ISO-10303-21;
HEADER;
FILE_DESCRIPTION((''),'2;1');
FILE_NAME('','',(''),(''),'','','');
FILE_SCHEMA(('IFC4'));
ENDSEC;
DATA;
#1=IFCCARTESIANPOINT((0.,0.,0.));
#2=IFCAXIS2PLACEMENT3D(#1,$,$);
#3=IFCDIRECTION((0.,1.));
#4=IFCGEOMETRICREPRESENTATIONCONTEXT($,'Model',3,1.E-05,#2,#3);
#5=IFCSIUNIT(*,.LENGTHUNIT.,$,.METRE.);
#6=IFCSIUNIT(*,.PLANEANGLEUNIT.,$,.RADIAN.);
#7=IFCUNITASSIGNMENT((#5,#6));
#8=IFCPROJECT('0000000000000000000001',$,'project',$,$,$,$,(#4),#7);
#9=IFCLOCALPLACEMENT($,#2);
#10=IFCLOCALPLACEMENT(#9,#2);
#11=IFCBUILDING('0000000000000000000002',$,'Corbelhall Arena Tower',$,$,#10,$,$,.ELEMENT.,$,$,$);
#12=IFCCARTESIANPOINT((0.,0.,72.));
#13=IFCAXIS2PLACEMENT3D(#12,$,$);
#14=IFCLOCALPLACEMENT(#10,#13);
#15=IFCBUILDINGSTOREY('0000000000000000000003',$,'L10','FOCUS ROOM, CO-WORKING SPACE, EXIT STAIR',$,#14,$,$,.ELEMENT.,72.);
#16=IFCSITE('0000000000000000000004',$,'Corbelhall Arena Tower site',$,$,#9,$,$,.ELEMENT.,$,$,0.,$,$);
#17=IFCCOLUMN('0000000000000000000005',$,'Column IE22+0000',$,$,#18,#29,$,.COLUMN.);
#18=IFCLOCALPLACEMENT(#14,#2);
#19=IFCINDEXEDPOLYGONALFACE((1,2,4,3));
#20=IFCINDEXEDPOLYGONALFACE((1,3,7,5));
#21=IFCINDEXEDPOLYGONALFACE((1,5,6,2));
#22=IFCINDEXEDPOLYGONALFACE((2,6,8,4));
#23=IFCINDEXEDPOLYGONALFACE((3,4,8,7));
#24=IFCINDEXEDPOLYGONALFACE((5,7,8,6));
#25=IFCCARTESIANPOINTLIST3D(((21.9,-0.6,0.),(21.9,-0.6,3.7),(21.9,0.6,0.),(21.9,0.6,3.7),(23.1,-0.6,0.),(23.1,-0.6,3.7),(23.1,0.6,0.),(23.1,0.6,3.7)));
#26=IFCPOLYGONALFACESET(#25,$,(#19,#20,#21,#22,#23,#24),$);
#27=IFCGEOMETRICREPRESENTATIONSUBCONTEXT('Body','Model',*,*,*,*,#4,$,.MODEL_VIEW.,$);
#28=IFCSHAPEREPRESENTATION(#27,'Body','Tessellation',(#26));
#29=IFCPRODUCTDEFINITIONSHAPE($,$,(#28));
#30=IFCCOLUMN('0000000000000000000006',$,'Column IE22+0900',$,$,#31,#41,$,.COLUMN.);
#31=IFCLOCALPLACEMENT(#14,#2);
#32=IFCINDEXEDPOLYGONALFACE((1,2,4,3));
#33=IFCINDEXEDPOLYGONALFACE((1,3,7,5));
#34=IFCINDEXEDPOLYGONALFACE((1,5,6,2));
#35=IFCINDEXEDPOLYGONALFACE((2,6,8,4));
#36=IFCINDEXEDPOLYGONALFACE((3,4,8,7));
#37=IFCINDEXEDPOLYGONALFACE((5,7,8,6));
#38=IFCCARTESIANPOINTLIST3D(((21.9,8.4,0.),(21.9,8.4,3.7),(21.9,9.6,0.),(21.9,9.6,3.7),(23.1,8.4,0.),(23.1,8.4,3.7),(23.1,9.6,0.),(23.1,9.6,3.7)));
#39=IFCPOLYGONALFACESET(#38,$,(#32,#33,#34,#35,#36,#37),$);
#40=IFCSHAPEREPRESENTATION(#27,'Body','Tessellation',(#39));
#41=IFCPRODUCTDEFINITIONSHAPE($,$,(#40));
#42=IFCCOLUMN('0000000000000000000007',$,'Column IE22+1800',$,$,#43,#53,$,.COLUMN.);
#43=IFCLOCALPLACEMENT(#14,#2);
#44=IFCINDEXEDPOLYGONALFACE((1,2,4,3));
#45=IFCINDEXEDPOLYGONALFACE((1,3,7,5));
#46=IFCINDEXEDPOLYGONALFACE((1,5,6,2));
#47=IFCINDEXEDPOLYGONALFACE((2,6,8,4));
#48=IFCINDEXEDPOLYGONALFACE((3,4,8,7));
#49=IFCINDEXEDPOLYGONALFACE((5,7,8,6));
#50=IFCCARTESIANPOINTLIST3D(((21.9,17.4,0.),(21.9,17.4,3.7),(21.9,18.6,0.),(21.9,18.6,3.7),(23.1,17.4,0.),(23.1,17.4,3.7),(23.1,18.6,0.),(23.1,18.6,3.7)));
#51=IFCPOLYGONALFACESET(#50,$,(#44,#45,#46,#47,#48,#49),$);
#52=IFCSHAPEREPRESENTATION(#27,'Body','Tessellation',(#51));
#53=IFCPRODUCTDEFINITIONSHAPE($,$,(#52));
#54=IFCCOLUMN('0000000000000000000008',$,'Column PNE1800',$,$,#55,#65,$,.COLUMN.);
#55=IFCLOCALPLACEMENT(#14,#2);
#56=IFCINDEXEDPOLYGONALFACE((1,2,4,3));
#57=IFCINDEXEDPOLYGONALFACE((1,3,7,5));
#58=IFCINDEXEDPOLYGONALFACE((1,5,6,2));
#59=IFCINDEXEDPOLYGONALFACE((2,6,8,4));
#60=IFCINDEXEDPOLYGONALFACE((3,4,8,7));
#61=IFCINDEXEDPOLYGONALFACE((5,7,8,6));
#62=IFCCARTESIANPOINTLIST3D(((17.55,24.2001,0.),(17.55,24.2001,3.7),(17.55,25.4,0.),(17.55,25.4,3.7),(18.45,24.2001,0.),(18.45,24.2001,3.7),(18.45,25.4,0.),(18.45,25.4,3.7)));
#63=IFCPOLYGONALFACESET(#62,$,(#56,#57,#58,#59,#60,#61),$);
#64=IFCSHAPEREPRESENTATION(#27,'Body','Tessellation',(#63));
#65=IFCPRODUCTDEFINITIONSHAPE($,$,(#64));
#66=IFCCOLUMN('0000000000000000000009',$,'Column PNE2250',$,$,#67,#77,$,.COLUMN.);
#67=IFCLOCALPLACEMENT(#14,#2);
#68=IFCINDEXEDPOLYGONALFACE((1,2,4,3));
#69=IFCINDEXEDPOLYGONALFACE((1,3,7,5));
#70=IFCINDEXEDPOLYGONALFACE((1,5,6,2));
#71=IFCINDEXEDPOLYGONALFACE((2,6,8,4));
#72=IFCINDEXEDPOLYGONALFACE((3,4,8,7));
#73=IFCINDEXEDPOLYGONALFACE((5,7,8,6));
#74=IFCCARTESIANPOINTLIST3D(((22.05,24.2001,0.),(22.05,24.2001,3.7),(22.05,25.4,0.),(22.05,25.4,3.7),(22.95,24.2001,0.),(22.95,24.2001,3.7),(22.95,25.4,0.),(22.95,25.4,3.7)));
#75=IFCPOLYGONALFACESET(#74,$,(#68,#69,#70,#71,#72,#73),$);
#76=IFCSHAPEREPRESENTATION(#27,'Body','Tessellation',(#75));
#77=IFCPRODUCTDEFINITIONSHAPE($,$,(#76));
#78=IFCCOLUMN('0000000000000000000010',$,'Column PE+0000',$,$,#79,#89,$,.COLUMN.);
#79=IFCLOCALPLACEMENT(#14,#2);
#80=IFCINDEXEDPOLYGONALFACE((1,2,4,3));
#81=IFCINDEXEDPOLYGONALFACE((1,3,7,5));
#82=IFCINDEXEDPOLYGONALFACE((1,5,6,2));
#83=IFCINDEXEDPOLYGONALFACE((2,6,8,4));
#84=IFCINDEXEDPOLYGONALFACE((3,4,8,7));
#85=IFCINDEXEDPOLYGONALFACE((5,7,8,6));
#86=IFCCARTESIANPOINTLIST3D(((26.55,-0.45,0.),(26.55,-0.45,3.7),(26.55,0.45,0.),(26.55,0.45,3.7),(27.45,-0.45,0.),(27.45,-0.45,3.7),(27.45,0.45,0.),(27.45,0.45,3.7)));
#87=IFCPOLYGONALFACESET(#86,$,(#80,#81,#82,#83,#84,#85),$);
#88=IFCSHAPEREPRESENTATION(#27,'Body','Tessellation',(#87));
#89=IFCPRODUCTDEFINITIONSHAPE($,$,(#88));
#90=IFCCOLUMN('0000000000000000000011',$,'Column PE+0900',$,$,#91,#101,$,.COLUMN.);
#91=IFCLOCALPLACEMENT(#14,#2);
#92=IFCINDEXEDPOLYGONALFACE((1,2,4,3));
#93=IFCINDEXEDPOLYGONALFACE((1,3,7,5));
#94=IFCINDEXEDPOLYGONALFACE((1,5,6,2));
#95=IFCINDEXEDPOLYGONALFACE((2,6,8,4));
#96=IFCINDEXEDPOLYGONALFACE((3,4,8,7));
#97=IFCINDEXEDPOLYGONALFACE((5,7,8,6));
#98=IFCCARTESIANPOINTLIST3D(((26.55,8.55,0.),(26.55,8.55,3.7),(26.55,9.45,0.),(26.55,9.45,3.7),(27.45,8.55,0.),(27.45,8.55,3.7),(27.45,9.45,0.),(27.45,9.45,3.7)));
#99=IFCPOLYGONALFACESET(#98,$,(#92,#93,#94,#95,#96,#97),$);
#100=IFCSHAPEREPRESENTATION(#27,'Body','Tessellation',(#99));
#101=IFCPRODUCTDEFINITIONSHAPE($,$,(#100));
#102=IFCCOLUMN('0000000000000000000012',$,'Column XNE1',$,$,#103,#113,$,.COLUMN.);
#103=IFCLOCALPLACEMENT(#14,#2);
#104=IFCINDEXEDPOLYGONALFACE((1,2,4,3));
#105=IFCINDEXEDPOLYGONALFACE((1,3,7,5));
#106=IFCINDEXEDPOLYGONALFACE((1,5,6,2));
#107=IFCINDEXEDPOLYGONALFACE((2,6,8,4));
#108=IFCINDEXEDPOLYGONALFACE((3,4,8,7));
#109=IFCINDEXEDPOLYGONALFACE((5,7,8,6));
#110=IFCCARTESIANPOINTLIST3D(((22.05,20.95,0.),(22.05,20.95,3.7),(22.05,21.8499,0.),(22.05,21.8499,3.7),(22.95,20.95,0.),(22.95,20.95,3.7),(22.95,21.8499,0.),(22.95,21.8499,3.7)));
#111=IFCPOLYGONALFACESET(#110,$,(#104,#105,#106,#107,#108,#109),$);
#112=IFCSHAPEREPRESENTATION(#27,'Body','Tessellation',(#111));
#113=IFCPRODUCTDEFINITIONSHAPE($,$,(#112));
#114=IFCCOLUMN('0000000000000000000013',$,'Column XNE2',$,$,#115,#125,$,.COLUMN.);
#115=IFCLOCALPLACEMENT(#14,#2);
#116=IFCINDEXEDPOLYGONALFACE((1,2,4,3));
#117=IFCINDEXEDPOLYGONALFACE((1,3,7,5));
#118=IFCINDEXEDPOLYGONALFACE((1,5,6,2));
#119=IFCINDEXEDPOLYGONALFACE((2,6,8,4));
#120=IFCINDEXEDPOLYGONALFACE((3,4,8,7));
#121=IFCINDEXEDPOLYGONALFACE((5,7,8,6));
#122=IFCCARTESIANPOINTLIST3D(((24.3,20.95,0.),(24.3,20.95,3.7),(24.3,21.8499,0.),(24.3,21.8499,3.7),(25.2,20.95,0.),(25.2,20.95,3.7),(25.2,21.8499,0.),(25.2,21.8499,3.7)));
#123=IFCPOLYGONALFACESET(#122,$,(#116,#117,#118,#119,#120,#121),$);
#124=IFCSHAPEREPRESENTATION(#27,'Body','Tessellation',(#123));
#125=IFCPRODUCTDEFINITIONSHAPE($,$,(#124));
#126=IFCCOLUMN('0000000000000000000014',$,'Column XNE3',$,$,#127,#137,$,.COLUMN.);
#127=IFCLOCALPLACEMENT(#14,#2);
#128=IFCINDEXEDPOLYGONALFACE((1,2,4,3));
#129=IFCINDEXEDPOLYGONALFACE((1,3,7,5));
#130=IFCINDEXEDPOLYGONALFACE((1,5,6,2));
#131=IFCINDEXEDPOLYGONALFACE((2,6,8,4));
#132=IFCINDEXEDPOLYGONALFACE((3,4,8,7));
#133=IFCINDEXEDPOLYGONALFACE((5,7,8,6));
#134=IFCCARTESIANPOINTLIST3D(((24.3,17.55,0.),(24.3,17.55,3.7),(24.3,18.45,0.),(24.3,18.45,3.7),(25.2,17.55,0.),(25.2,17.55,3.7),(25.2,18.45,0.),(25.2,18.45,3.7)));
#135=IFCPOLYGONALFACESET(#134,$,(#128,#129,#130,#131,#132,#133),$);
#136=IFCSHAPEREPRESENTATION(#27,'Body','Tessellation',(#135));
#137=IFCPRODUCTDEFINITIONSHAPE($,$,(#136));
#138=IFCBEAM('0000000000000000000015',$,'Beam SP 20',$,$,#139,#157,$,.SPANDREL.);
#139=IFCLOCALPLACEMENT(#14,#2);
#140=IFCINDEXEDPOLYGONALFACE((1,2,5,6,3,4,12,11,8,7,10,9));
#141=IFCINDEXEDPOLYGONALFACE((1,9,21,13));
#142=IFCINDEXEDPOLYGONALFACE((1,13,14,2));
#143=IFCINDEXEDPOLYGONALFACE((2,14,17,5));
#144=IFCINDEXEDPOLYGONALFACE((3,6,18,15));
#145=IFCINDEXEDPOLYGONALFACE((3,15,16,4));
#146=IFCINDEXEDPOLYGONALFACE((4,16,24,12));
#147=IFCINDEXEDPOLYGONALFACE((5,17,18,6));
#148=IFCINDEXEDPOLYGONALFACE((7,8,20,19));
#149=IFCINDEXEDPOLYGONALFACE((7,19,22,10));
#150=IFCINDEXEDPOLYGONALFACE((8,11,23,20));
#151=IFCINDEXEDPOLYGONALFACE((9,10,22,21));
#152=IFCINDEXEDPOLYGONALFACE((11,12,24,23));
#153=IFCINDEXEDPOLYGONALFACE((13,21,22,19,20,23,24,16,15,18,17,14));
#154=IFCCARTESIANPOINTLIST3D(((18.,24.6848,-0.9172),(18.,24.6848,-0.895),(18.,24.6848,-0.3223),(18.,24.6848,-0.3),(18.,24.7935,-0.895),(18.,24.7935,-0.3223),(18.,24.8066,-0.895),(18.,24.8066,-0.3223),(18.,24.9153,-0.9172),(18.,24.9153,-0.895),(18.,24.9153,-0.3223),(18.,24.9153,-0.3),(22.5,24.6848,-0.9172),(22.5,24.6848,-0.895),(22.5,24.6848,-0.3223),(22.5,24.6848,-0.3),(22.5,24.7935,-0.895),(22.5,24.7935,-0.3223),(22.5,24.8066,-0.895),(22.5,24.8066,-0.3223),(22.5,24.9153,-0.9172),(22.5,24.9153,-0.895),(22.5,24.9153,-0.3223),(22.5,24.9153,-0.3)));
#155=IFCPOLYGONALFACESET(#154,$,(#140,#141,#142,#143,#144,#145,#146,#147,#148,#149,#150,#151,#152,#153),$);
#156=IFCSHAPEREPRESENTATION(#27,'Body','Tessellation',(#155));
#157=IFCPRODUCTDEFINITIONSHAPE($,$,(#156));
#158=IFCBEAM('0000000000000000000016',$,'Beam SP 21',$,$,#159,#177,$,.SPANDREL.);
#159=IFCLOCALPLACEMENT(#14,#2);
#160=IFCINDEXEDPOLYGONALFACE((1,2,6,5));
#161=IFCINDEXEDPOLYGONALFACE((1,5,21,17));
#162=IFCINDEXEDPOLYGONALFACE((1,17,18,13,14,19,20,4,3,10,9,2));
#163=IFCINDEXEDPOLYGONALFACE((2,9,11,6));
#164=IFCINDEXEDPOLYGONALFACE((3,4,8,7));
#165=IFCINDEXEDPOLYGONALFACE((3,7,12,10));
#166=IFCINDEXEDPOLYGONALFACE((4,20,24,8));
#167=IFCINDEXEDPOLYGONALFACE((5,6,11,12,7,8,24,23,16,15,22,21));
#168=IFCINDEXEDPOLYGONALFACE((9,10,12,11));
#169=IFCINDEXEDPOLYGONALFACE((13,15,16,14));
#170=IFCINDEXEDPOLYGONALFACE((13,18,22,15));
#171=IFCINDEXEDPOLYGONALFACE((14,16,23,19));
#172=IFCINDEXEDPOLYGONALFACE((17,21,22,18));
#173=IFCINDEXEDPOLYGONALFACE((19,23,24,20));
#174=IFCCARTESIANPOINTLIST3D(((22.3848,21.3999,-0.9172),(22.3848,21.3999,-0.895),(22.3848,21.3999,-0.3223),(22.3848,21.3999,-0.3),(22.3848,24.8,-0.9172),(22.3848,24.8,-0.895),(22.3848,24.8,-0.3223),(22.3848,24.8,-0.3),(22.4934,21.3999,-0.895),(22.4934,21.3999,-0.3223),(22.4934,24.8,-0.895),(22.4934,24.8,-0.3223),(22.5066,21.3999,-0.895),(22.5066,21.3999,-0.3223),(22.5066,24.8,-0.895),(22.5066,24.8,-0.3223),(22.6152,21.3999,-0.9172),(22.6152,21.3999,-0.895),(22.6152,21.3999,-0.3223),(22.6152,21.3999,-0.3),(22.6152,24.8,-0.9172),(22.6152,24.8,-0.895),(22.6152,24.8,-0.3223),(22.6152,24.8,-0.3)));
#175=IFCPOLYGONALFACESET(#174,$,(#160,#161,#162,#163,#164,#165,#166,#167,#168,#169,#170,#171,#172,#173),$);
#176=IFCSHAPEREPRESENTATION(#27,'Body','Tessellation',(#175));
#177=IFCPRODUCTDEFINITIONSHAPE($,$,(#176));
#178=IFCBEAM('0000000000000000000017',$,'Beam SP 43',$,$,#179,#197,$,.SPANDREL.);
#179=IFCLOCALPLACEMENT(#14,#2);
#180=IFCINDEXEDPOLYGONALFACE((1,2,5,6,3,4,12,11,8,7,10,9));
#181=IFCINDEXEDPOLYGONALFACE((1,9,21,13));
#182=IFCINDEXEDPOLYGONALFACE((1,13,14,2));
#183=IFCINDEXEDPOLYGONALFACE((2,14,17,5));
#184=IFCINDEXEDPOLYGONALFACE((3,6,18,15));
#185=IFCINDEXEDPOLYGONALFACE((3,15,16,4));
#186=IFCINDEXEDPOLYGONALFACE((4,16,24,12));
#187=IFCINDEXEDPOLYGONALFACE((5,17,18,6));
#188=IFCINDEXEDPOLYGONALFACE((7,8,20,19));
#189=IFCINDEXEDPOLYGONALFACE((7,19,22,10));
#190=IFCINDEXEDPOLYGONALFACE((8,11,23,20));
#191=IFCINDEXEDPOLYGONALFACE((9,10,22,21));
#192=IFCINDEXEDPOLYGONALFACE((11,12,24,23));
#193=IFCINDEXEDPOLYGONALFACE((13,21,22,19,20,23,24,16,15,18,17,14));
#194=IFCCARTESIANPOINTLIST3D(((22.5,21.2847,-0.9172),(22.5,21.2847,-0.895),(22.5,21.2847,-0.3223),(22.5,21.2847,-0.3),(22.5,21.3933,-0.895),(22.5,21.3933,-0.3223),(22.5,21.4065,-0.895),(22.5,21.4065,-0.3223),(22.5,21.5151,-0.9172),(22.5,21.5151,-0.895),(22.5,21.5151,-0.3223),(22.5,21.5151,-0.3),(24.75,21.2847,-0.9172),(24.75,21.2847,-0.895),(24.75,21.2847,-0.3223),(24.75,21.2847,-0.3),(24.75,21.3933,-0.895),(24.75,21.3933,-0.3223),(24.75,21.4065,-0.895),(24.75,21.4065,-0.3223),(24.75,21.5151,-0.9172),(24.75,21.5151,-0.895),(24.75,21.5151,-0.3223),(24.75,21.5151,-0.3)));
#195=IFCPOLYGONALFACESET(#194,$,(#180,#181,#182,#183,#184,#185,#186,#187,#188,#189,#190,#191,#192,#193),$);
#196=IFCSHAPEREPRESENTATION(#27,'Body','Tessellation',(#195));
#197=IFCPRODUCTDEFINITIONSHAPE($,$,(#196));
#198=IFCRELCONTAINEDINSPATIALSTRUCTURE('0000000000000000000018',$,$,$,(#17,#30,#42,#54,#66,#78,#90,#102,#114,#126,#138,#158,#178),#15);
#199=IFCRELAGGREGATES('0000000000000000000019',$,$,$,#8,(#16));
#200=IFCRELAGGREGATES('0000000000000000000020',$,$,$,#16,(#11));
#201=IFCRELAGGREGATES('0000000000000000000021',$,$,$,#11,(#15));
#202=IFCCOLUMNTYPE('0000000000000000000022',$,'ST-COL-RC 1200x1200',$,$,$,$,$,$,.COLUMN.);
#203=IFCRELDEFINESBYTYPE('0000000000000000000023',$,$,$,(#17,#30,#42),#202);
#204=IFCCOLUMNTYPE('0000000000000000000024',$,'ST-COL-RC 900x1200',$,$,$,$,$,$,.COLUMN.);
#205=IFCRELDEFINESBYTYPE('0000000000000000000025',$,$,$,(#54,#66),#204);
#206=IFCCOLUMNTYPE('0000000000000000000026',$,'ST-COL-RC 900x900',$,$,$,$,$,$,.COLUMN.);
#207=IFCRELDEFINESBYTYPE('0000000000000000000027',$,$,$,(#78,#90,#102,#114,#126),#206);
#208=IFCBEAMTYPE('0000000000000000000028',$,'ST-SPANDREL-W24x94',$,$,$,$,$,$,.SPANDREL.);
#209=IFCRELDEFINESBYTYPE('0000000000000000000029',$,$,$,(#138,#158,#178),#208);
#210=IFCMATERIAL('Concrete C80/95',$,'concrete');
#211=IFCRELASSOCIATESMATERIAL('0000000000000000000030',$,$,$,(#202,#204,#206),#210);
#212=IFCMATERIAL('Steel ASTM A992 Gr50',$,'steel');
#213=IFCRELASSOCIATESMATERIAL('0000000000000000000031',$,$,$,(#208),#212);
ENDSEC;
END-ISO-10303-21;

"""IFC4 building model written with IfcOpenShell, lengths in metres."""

from ifc_helpers import new_model, si_unit, direction, frame, origin, origin_2d, place, context, subcontext, project, spatial, rectangle, i_section, extrude, material, material_profile, profile_set, type_object, element, save


model = new_model("IFC4")

# Units and contexts
model_context = context("Model", 3, precision=1e-05, world=origin(), true_north=direction((0.0, 1.0)))
body_context = subcontext(model_context, "Body", "Model", "MODEL_VIEW")
ifc_project = project(units=[si_unit("LENGTHUNIT", "METRE"), si_unit("PLANEANGLEUNIT", "RADIAN")], contexts=[model_context])

# Site, building, storey
site_placement = place(None, origin())
site = spatial("IfcSite", under=ifc_project, at=site_placement, Name="Corbelhall Arena Tower site", CompositionType="ELEMENT", RefElevation=0.0)
building_placement = place(site_placement, origin())
building = spatial("IfcBuilding", under=site, at=building_placement, Name="Corbelhall Arena Tower", CompositionType="ELEMENT")
storey_placement = place(building_placement, frame((0.0, 0.0, 72.0)))
storey = spatial("IfcBuildingStorey", under=building, at=storey_placement, Name="L10", Description="FOCUS ROOM, CO-WORKING SPACE, EXIT STAIR", CompositionType="ELEMENT", Elevation=72.0)

# Columns
ifc_material_1 = material(Name="Concrete C80/95", Category="concrete")
ifc_material_profile_1 = material_profile(ifc_material_1, rectangle(XDim=1.2, YDim=1.2, at=origin_2d()))
ifc_profile_set_1 = profile_set([ifc_material_profile_1], Name="Concrete C80/95")
column_type_1 = type_object("IfcColumnType", Name="ST-COL-RC 1200x1200", PredefinedType="COLUMN", material=ifc_profile_set_1)
for number, where, z_axis, x_axis, name in (
    (1, (22.5, 0.0, 0.0), (0.0, 0.0, 1.0), (1.0, 0.0, 0.0), "Column IE22+0000"),
    (2, (22.5, 9.0, 0.0), (0.0, 0.0, 1.0), (1.0, 0.0, 0.0), "Column IE22+0900"),
    (3, (22.5, 18.0, 0.0), (0.0, 0.0, 1.0), (1.0, 0.0, 0.0), "Column IE22+1800"),
):
    element("IfcColumn", number, at=place(storey_placement, frame(where, z_axis=z_axis, x_axis=x_axis)), inside=storey, type_object=column_type_1, Name=name, PredefinedType="COLUMN", context=body_context, shape_type="SweptSolid", body=[
        extrude(rectangle(XDim=1.2, YDim=1.2, at=origin_2d()), origin(), (0.0, 0.0, 1.0), 3.7),
    ])
ifc_material_profile_2 = material_profile(ifc_material_1, rectangle(XDim=0.8999, YDim=1.2, at=origin_2d()))
ifc_profile_set_2 = profile_set([ifc_material_profile_2], Name="Concrete C80/95")
column_type_2 = type_object("IfcColumnType", Name="ST-COL-RC 900x1200", PredefinedType="COLUMN", material=ifc_profile_set_2)
for number, where, z_axis, x_axis, name in (
    (4, (18.0, 24.8, 0.0), (0.0, 0.0, 1.0), (1.0, 0.0, 0.0), "Column PNE1800"),
    (5, (22.5, 24.8, 0.0), (0.0, 0.0, 1.0), (1.0, 0.0, 0.0), "Column PNE2250"),
):
    element("IfcColumn", number, at=place(storey_placement, frame(where, z_axis=z_axis, x_axis=x_axis)), inside=storey, type_object=column_type_2, Name=name, PredefinedType="COLUMN", context=body_context, shape_type="SweptSolid", body=[
        extrude(rectangle(XDim=0.8999, YDim=1.2, at=origin_2d()), origin(), (0.0, 0.0, 1.0), 3.7),
    ])
ifc_material_profile_3 = material_profile(ifc_material_1, rectangle(XDim=0.8999, YDim=0.8999, at=origin_2d()))
ifc_profile_set_3 = profile_set([ifc_material_profile_3], Name="Concrete C80/95")
column_type_3 = type_object("IfcColumnType", Name="ST-COL-RC 900x900", PredefinedType="COLUMN", material=ifc_profile_set_3)
for number, where, z_axis, x_axis, name in (
    (6, (27.0, 0.0, 0.0), (0.0, 0.0, 1.0), (1.0, 0.0, 0.0), "Column PE+0000"),
    (7, (27.0, 9.0, 0.0), (0.0, 0.0, 1.0), (1.0, 0.0, 0.0), "Column PE+0900"),
    (8, (22.5, 21.3999, 0.0), (0.0, 0.0, 1.0), (1.0, 0.0, 0.0), "Column XNE1"),
    (9, (24.75, 21.3999, 0.0), (0.0, 0.0, 1.0), (1.0, 0.0, 0.0), "Column XNE2"),
    (10, (24.75, 18.0, 0.0), (0.0, 0.0, 1.0), (1.0, 0.0, 0.0), "Column XNE3"),
):
    element("IfcColumn", number, at=place(storey_placement, frame(where, z_axis=z_axis, x_axis=x_axis)), inside=storey, type_object=column_type_3, Name=name, PredefinedType="COLUMN", context=body_context, shape_type="SweptSolid", body=[
        extrude(rectangle(XDim=0.8999, YDim=0.8999, at=origin_2d()), origin(), (0.0, 0.0, 1.0), 3.7),
    ])

# Beams
ifc_material_2 = material(Name="Steel ASTM A992 Gr50", Category="steel")
ifc_material_profile_4 = material_profile(ifc_material_2, i_section(OverallWidth=0.2305, OverallDepth=0.6172, WebThickness=0.0132, FlangeThickness=0.0222, at=origin_2d()))
ifc_profile_set_4 = profile_set([ifc_material_profile_4], Name="Steel ASTM A992 Gr50")
beam_type = type_object("IfcBeamType", Name="ST-SPANDREL-W24x94", PredefinedType="SPANDREL", material=ifc_profile_set_4)
beam_1_placement = place(storey_placement, frame((18.0, 24.8, -0.6086), z_axis=(1.0, 0.0, 0.0), x_axis=(0.0, 1.0, 0.0)))
element("IfcBeam", 11, at=beam_1_placement, inside=storey, type_object=beam_type, Name="Beam SP 20", PredefinedType="SPANDREL", context=body_context, shape_type="SweptSolid", body=[
    extrude(i_section(OverallWidth=0.2305, OverallDepth=0.6172, WebThickness=0.0132, FlangeThickness=0.0222, at=origin_2d()), origin(), (0.0, 0.0, 1.0), 4.5),
])
beam_2_placement = place(storey_placement, frame((22.5, 24.8, -0.6086), z_axis=(0.0, -1.0, 0.0), x_axis=(1.0, 0.0, 0.0)))
element("IfcBeam", 12, at=beam_2_placement, inside=storey, type_object=beam_type, Name="Beam SP 21", PredefinedType="SPANDREL", context=body_context, shape_type="SweptSolid", body=[
    extrude(i_section(OverallWidth=0.2305, OverallDepth=0.6172, WebThickness=0.0132, FlangeThickness=0.0222, at=origin_2d()), origin(), (0.0, 0.0, 1.0), 3.4001),
])
beam_3_placement = place(storey_placement, frame((22.5, 21.3999, -0.6086), z_axis=(1.0, 0.0, 0.0), x_axis=(0.0, 1.0, 0.0)))
element("IfcBeam", 13, at=beam_3_placement, inside=storey, type_object=beam_type, Name="Beam SP 43", PredefinedType="SPANDREL", context=body_context, shape_type="SweptSolid", body=[
    extrude(i_section(OverallWidth=0.2305, OverallDepth=0.6172, WebThickness=0.0132, FlangeThickness=0.0222, at=origin_2d()), origin(), (0.0, 0.0, 1.0), 2.25),
])

save(model, "model.ifc")
